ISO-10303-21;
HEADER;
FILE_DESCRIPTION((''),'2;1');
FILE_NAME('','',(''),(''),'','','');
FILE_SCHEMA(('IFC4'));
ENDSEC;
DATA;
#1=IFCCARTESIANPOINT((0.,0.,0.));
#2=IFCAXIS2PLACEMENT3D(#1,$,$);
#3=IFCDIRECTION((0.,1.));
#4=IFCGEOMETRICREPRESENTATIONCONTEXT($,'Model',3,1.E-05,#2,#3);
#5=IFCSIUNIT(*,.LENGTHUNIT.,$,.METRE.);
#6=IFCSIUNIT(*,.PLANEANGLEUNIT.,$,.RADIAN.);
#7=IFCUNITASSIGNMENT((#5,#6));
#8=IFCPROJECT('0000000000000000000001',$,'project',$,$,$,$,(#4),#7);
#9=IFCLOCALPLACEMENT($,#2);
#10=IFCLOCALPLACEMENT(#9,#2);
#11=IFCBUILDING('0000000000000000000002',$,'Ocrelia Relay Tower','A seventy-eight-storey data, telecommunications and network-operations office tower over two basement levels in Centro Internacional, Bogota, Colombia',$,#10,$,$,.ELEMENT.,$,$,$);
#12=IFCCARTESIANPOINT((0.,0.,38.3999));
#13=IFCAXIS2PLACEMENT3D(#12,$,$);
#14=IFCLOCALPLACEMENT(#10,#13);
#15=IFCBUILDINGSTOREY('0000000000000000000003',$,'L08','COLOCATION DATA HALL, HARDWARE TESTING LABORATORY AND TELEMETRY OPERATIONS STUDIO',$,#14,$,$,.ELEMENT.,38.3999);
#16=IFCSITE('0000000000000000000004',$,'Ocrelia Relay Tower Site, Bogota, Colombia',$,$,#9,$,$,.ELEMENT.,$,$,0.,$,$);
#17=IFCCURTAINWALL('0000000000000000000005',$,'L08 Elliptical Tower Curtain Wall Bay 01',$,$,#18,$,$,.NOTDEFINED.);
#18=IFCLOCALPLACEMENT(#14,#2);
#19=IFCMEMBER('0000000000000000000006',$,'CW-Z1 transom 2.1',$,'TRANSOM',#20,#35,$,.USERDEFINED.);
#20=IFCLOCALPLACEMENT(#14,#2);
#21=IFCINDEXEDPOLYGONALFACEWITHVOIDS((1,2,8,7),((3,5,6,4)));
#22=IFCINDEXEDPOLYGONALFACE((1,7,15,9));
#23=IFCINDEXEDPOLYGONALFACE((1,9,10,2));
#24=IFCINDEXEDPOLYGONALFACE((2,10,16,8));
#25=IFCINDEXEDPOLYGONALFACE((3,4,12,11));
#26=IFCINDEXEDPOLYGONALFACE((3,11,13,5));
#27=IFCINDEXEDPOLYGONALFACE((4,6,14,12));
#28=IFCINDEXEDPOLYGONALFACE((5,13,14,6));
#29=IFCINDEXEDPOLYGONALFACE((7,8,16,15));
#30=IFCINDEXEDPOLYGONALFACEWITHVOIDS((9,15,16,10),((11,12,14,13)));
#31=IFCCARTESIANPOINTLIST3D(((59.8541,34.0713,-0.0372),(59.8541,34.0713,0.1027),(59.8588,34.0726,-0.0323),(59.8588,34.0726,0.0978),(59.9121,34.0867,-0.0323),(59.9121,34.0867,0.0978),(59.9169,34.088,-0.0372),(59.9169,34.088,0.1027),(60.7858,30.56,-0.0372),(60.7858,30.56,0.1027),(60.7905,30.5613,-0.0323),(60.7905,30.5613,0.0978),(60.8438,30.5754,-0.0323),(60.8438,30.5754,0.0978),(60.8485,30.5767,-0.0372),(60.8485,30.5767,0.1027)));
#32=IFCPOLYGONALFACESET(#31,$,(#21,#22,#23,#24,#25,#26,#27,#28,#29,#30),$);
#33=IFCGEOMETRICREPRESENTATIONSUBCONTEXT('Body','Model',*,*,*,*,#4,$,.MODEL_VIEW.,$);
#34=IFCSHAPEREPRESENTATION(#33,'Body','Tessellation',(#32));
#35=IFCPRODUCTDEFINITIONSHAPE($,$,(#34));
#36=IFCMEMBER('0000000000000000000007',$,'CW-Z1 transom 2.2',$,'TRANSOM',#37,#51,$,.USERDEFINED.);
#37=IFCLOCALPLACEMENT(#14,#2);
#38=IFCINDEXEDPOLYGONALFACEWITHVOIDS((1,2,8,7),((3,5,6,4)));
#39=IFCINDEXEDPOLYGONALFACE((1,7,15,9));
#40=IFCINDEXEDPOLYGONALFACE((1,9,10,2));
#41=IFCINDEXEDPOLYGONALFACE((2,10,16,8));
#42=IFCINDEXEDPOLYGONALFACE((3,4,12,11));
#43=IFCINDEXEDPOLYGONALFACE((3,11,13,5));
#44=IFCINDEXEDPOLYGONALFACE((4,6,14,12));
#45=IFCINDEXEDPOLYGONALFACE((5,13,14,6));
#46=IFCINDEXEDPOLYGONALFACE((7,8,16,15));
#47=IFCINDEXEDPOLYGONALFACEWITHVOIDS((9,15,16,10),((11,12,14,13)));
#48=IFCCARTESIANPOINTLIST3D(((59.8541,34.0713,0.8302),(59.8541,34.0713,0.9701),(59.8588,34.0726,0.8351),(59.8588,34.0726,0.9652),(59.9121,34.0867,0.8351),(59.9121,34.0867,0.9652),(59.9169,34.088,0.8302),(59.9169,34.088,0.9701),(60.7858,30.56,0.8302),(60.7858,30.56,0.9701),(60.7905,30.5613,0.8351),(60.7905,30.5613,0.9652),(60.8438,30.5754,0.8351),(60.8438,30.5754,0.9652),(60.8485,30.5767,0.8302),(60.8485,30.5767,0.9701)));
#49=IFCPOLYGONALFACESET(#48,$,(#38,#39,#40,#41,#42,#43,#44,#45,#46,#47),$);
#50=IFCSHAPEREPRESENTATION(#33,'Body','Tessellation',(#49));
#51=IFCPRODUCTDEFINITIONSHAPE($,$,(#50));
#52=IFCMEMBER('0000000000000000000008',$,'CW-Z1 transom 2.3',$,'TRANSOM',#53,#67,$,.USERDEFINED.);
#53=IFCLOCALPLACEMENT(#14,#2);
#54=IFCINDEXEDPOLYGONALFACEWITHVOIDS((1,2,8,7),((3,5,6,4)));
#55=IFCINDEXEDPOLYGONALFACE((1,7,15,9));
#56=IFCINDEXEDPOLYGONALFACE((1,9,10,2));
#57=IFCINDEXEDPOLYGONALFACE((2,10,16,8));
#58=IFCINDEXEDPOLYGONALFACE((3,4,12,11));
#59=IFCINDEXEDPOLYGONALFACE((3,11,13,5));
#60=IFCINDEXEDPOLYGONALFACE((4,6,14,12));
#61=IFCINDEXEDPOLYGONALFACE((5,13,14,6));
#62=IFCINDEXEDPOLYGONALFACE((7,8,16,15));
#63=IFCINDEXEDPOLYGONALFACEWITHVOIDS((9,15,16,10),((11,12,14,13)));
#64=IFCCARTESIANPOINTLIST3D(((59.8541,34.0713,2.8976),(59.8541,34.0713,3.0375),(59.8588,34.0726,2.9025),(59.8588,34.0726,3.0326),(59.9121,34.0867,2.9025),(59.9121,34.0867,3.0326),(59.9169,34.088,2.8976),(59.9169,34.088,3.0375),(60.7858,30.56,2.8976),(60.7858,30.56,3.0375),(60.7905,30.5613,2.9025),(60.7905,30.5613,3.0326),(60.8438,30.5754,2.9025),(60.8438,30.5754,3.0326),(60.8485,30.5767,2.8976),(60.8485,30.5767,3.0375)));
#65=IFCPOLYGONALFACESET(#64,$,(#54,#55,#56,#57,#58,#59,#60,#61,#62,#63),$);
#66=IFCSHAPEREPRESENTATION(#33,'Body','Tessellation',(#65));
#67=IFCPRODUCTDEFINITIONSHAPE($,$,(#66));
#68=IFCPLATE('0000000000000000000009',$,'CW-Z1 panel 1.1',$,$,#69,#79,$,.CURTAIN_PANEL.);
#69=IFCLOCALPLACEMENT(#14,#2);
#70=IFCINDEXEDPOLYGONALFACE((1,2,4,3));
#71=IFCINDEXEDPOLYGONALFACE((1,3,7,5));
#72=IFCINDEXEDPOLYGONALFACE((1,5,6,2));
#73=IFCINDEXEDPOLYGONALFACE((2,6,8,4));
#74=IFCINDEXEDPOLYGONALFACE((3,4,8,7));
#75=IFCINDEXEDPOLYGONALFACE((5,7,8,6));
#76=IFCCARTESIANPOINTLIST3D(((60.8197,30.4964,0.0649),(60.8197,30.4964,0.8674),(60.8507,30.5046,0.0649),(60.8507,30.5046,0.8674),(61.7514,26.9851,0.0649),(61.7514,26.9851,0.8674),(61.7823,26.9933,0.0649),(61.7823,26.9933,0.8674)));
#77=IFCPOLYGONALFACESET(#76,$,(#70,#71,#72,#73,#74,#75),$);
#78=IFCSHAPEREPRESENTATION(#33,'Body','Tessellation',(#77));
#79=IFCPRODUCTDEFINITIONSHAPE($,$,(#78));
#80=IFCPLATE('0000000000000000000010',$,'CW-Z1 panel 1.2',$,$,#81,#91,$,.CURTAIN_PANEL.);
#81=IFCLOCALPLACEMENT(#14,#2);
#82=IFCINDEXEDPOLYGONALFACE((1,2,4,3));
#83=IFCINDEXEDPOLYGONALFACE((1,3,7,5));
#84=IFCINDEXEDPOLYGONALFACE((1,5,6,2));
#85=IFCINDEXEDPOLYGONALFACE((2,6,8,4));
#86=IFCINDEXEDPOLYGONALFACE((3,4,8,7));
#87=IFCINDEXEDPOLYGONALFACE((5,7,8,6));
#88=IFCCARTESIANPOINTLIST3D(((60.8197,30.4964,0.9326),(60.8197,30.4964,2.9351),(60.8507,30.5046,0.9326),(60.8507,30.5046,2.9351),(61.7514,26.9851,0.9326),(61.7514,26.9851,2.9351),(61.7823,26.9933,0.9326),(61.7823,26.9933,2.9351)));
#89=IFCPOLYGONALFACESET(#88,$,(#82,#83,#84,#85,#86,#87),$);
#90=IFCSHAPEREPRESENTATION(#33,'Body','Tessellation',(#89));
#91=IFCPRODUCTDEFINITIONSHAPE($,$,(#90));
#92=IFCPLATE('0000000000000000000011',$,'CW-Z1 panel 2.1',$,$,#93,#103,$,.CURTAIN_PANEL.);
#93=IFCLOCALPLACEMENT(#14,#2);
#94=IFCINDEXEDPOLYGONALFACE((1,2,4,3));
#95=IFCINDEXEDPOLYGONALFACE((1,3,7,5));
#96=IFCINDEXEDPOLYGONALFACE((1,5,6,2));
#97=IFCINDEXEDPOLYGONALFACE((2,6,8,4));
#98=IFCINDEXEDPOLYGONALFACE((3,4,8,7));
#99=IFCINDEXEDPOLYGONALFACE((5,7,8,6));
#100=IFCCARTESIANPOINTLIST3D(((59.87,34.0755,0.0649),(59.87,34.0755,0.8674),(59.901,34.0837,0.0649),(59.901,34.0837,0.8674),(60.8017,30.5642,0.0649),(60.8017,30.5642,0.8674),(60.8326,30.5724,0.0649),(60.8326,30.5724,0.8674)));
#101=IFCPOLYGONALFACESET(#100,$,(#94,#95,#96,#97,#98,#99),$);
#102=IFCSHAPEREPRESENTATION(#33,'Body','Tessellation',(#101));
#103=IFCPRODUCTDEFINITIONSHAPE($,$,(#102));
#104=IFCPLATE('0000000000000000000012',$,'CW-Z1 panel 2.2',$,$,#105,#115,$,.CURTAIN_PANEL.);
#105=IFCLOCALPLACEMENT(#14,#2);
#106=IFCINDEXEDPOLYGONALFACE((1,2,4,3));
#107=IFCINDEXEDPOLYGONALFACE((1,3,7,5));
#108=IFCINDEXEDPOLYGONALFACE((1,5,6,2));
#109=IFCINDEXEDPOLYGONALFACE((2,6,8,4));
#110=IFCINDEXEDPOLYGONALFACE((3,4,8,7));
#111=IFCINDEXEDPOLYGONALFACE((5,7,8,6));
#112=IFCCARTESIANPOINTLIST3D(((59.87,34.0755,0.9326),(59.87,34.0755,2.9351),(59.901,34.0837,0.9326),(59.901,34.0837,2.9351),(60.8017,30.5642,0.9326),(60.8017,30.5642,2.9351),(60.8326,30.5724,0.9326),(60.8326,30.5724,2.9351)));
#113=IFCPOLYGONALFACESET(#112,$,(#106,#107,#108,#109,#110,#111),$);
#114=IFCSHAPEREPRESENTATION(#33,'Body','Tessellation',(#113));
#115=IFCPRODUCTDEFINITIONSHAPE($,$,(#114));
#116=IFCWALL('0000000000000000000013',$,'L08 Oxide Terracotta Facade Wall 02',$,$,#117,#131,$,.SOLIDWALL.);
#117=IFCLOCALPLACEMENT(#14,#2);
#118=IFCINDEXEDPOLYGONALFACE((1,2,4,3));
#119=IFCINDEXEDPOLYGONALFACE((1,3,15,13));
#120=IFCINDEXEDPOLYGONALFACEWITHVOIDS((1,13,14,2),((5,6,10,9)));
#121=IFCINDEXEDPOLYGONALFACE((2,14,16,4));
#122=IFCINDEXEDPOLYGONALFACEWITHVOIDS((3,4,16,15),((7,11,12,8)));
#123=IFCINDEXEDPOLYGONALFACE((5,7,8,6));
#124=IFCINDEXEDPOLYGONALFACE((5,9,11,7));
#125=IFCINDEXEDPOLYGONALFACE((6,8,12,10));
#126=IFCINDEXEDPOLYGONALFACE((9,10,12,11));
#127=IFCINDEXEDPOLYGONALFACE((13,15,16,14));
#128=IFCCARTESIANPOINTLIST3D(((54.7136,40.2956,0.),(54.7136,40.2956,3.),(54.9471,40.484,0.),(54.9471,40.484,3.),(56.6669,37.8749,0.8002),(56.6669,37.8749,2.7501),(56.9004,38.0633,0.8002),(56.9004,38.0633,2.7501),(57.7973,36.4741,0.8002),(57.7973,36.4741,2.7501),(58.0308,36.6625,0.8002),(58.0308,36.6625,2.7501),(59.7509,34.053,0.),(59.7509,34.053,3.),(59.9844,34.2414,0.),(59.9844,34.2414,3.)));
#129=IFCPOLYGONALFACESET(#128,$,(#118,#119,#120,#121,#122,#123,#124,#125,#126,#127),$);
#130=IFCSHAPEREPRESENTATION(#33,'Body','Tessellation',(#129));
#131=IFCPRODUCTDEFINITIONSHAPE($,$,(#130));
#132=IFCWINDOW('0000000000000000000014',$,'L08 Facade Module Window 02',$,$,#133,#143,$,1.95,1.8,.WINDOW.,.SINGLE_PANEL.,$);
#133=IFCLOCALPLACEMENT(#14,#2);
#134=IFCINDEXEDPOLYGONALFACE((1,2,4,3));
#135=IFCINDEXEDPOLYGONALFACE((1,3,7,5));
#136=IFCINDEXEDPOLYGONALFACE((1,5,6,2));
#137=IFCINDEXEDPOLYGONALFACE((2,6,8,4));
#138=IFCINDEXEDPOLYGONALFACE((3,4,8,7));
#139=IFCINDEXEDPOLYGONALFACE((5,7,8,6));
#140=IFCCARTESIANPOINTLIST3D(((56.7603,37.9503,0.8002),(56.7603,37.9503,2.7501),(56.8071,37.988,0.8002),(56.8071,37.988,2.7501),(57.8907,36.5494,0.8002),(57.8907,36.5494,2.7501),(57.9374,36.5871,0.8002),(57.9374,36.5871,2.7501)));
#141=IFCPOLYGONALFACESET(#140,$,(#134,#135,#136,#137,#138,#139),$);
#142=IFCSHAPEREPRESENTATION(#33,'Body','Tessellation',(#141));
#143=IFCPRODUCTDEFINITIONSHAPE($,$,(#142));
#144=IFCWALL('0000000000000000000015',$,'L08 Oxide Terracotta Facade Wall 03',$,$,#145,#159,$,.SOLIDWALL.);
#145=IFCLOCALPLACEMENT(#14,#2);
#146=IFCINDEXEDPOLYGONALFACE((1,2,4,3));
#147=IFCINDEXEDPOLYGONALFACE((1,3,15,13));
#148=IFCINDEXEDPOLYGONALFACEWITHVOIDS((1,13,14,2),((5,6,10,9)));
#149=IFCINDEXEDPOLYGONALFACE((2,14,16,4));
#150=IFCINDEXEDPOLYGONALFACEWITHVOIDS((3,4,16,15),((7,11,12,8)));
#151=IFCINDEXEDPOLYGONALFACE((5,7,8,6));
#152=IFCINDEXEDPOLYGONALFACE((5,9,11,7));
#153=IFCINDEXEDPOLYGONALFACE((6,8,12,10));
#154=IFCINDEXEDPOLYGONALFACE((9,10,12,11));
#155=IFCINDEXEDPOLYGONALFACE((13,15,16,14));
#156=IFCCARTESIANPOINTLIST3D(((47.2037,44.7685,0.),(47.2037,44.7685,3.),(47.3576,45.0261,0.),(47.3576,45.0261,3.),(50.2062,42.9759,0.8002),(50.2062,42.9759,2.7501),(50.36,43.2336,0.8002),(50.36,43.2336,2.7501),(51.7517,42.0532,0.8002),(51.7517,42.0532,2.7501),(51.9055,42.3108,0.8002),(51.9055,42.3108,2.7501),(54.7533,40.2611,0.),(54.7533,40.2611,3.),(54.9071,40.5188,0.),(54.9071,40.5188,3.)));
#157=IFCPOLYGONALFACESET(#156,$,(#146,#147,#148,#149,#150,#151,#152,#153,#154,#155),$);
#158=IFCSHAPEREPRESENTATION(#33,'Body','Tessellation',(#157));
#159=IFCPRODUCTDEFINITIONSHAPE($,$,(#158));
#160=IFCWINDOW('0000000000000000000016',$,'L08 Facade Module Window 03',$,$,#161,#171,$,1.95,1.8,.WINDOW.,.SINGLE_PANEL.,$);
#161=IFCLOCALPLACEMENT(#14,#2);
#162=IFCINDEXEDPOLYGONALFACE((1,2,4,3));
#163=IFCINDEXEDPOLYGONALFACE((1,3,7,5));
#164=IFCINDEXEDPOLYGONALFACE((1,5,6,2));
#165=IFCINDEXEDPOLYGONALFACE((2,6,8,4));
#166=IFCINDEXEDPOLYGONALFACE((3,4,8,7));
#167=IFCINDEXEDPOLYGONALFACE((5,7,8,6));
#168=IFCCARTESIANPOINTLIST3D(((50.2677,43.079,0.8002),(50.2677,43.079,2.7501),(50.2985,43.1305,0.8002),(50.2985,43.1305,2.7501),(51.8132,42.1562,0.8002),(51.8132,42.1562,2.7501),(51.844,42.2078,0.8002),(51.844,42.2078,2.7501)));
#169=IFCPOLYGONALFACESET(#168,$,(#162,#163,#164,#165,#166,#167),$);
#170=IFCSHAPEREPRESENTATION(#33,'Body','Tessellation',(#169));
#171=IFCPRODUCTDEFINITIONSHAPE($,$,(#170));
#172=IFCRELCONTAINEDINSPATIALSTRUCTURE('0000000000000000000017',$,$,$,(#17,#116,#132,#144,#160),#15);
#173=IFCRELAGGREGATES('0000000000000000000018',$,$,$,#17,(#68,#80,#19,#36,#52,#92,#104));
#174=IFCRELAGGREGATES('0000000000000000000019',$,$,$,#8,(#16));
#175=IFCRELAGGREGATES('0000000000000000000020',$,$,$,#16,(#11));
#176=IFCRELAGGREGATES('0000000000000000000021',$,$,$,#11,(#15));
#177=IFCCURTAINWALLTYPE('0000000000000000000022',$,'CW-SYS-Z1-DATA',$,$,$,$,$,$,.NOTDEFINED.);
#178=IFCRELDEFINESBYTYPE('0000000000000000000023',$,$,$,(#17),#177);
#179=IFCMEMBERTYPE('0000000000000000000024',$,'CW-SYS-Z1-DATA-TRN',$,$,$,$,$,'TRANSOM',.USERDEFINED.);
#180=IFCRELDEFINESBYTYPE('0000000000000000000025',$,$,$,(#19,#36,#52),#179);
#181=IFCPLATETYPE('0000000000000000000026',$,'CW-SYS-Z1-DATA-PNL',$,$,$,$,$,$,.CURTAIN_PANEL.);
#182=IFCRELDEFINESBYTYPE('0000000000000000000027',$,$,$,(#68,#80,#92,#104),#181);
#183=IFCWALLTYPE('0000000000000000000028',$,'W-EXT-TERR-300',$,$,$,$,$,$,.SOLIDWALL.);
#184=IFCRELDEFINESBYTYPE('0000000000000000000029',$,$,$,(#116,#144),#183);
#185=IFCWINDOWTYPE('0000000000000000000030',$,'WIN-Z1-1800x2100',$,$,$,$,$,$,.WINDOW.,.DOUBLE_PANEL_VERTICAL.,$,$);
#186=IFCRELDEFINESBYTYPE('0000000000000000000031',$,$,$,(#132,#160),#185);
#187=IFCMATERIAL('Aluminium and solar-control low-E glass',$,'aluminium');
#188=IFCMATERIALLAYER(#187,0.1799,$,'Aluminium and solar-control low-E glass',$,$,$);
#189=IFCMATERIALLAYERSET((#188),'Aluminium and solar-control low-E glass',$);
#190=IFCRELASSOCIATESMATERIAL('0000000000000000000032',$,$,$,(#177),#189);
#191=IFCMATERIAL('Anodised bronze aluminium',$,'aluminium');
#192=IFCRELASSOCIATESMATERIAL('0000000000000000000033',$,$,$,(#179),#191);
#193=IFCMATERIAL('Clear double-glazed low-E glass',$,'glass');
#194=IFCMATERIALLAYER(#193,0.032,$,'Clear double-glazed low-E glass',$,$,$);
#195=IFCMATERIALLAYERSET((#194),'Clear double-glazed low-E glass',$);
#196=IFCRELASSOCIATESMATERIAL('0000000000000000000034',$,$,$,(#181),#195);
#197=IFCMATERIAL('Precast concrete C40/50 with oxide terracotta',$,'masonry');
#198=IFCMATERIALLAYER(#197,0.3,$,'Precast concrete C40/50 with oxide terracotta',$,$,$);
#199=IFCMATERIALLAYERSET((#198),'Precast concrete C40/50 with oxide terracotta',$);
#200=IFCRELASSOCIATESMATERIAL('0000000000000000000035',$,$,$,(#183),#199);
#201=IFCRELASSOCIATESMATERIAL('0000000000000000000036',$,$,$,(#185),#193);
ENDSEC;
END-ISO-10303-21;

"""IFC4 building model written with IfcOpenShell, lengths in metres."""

from ifc_helpers import new_model, si_unit, direction, frame, frame_2d, origin, origin_2d, place, context, subcontext, project, spatial, rectangle, hollow_rectangle, extrude, material, layer, layer_set, material_profile, profile_set, type_object, element, fill, aggregate, save


model = new_model("IFC4")

# Units and contexts
model_context = context("Model", 3, precision=1e-05, world=origin(), true_north=direction((0.0, 1.0)))
body_context = subcontext(model_context, "Body", "Model", "MODEL_VIEW")
ifc_project = project(units=[si_unit("LENGTHUNIT", "METRE"), si_unit("PLANEANGLEUNIT", "RADIAN")], contexts=[model_context])

# Site, building, storey
site_placement = place(None, origin())
site = spatial("IfcSite", under=ifc_project, at=site_placement, Name="Ocrelia Relay Tower Site, Bogota, Colombia", CompositionType="ELEMENT", RefElevation=0.0)
building_placement = place(site_placement, origin())
building = spatial("IfcBuilding", under=site, at=building_placement, Name="Ocrelia Relay Tower", Description="A seventy-eight-storey data, telecommunications and network-operations office tower over two basement levels in Centro Internacional, Bogota, Colombia", CompositionType="ELEMENT")
storey_placement = place(building_placement, frame((0.0, 0.0, 38.3999)))
storey = spatial("IfcBuildingStorey", under=building, at=storey_placement, Name="L08", Description="COLOCATION DATA HALL, HARDWARE TESTING LABORATORY AND TELEMETRY OPERATIONS STUDIO", CompositionType="ELEMENT", Elevation=38.3999)

# Curtain wall, members, plates
ifc_material_1 = material(Name="Aluminium and solar-control low-E glass", Category="aluminium")
ifc_layer_1 = layer(ifc_material_1, 0.1799, Name="Aluminium and solar-control low-E glass")
ifc_layer_set_1 = layer_set([ifc_layer_1], Name="Aluminium and solar-control low-E glass")
curtain_wall_type = type_object("IfcCurtainWallType", Name="CW-SYS-Z1-DATA", PredefinedType="NOTDEFINED", material=ifc_layer_set_1)
curtain_wall_placement = place(storey_placement, origin())
curtain_wall = element("IfcCurtainWall", 1, at=curtain_wall_placement, inside=storey, type_object=curtain_wall_type, Name="L08 Elliptical Tower Curtain Wall Bay 01", PredefinedType="NOTDEFINED")
ifc_material_2 = material(Name="Anodised bronze aluminium", Category="aluminium")
ifc_material_profile_1 = material_profile(ifc_material_2, hollow_rectangle(XDim=0.0649, YDim=0.1399, WallThickness=0.0049, at=origin_2d()), Name="CW-TRN-140x65")
ifc_profile_set_1 = profile_set([ifc_material_profile_1], Name="Anodised bronze aluminium")
member_type_1 = type_object("IfcMemberType", Name="CW-SYS-Z1-DATA-TRN", ElementType="TRANSOM", PredefinedType="USERDEFINED", material=ifc_profile_set_1)
member_1_placement = place(storey_placement, frame((60.8171, 30.5684, 0.0327), z_axis=(-0.256458, 0.966555, 0.0), x_axis=(-0.966555, -0.256458, 0.0)))
member_1 = element("IfcMember", 2, at=member_1_placement, type_object=member_type_1, Name="CW-Z1 transom 2.1", ObjectType="TRANSOM", PredefinedType="USERDEFINED", context=body_context, shape_type="SweptSolid", body=[
    extrude(hollow_rectangle(XDim=0.0649, YDim=0.1399, WallThickness=0.0049, at=origin_2d()), origin(), (0.0, 0.0, 1.0), 3.6328),
])
member_2_placement = place(storey_placement, frame((60.8171, 30.5684, 0.9001), z_axis=(-0.256458, 0.966555, 0.0), x_axis=(-0.966555, -0.256458, 0.0)))
member_2 = element("IfcMember", 3, at=member_2_placement, type_object=member_type_1, Name="CW-Z1 transom 2.2", ObjectType="TRANSOM", PredefinedType="USERDEFINED", context=body_context, shape_type="SweptSolid", body=[
    extrude(hollow_rectangle(XDim=0.0649, YDim=0.1399, WallThickness=0.0049, at=origin_2d()), origin(), (0.0, 0.0, 1.0), 3.6328),
])
member_3_placement = place(storey_placement, frame((60.8171, 30.5684, 2.9675), z_axis=(-0.256458, 0.966555, 0.0), x_axis=(-0.966555, -0.256458, 0.0)))
member_3 = element("IfcMember", 4, at=member_3_placement, type_object=member_type_1, Name="CW-Z1 transom 2.3", ObjectType="TRANSOM", PredefinedType="USERDEFINED", context=body_context, shape_type="SweptSolid", body=[
    extrude(hollow_rectangle(XDim=0.0649, YDim=0.1399, WallThickness=0.0049, at=origin_2d()), origin(), (0.0, 0.0, 1.0), 3.6328),
])
ifc_material_3 = material(Name="Clear double-glazed low-E glass", Category="glass")
ifc_layer_2 = layer(ifc_material_3, 0.032, Name="Clear double-glazed low-E glass")
ifc_layer_set_2 = layer_set([ifc_layer_2], Name="Clear double-glazed low-E glass")
plate_type = type_object("IfcPlateType", Name="CW-SYS-Z1-DATA-PNL", PredefinedType="CURTAIN_PANEL", material=ifc_layer_set_2)
plate_1_placement = place(storey_placement, frame((61.301, 28.7449, 0.0649), z_axis=(0.0, 0.0, 1.0), x_axis=(-0.256451, 0.966557, 0.0)))
plate_1 = element("IfcPlate", 5, at=plate_1_placement, type_object=plate_type, Name="CW-Z1 panel 1.1", PredefinedType="CURTAIN_PANEL", context=body_context, shape_type="SweptSolid", body=[
    extrude(rectangle(XDim=3.6328, YDim=0.032, at=origin_2d()), origin(), (0.0, 0.0, 1.0), 0.8025),
])
plate_2_placement = place(storey_placement, frame((61.301, 28.7449, 0.9326), z_axis=(0.0, 0.0, 1.0), x_axis=(-0.256451, 0.966557, 0.0)))
plate_2 = element("IfcPlate", 6, at=plate_2_placement, type_object=plate_type, Name="CW-Z1 panel 1.2", PredefinedType="CURTAIN_PANEL", context=body_context, shape_type="SweptSolid", body=[
    extrude(rectangle(XDim=3.6328, YDim=0.032, at=origin_2d()), origin(), (0.0, 0.0, 1.0), 2.0024),
])
plate_3_placement = place(storey_placement, frame((60.3513, 32.324, 0.0649), z_axis=(0.0, 0.0, 1.0), x_axis=(-0.256451, 0.966557, 0.0)))
plate_3 = element("IfcPlate", 7, at=plate_3_placement, type_object=plate_type, Name="CW-Z1 panel 2.1", PredefinedType="CURTAIN_PANEL", context=body_context, shape_type="SweptSolid", body=[
    extrude(rectangle(XDim=3.6328, YDim=0.032, at=origin_2d()), origin(), (0.0, 0.0, 1.0), 0.8025),
])
plate_4_placement = place(storey_placement, frame((60.3513, 32.324, 0.9326), z_axis=(0.0, 0.0, 1.0), x_axis=(-0.256451, 0.966557, 0.0)))
plate_4 = element("IfcPlate", 8, at=plate_4_placement, type_object=plate_type, Name="CW-Z1 panel 2.2", PredefinedType="CURTAIN_PANEL", context=body_context, shape_type="SweptSolid", body=[
    extrude(rectangle(XDim=3.6328, YDim=0.032, at=origin_2d()), origin(), (0.0, 0.0, 1.0), 2.0024),
])
aggregate(curtain_wall, [plate_1, plate_2, member_1, member_2, member_3, plate_3, plate_4])

# Walls, openings, windows
ifc_material_4 = material(Name="Precast concrete C40/50 with oxide terracotta", Category="masonry")
ifc_layer_3 = layer(ifc_material_4, 0.3, Name="Precast concrete C40/50 with oxide terracotta")
ifc_layer_set_3 = layer_set([ifc_layer_3], Name="Precast concrete C40/50 with oxide terracotta")
wall_type = type_object("IfcWallType", Name="W-EXT-TERR-300", PredefinedType="SOLIDWALL", material=ifc_layer_set_3)
wall_1_placement = place(storey_placement, frame((59.8677, 34.1472, 0.0), z_axis=(0.0, 0.0, 1.0), x_axis=(-0.627974, 0.778234, 0.0)))
wall_1 = element("IfcWall", 9, at=wall_1_placement, inside=storey, type_object=wall_type, Name="L08 Oxide Terracotta Facade Wall 02", PredefinedType="SOLIDWALL", context=body_context, shape_type="SweptSolid", body=[
    extrude(rectangle(XDim=8.0215, YDim=0.3, at=frame_2d((4.0107, 0.0))), origin(), (0.0, 0.0, 1.0), 3.0),
])
opening_1_placement = place(wall_1_placement, frame((3.1111, 0.0, 0.8)))
opening_1 = element("IfcOpeningElement", 10, at=opening_1_placement, cuts=wall_1, PredefinedType="OPENING", context=body_context, shape_type="SweptSolid", body=[
    extrude(rectangle(XDim=1.8, YDim=1.95, at=frame_2d((0.8999, 0.9751))), frame((0.0, 0.1602, 0.0), z_axis=(0.0, -1.0, 0.0), x_axis=(1.0, 0.0, 0.0)), (0.0, 0.0, 1.0), 0.3201),
])
window_type = type_object("IfcWindowType", Name="WIN-Z1-1800x2100", PartitioningType="DOUBLE_PANEL_VERTICAL", PredefinedType="WINDOW", material=ifc_material_3)
window_1_placement = place(opening_1_placement, origin())
window_1 = element("IfcWindow", 11, at=window_1_placement, inside=storey, type_object=window_type, Name="L08 Facade Module Window 02", OverallHeight=1.95, OverallWidth=1.8, PartitioningType="SINGLE_PANEL", PredefinedType="WINDOW", context=body_context, shape_type="SweptSolid", body=[
    extrude(rectangle(XDim=1.8, YDim=1.95, at=frame_2d((0.8999, 0.9751))), frame((0.0, 0.03, 0.0), z_axis=(0.0, -1.0, 0.0), x_axis=(1.0, 0.0, 0.0)), (0.0, 0.0, 1.0), 0.0601),
])
fill(opening_1, window_1)
wall_2_placement = place(storey_placement, frame((54.8303, 40.3899, 0.0), z_axis=(0.0, 0.0, 1.0), x_axis=(-0.858615, 0.51262, 0.0)))
wall_2 = element("IfcWall", 12, at=wall_2_placement, inside=storey, type_object=wall_type, Name="L08 Oxide Terracotta Facade Wall 03", PredefinedType="SOLIDWALL", context=body_context, shape_type="SweptSolid", body=[
    extrude(rectangle(XDim=8.7927, YDim=0.3, at=frame_2d((4.3965, 0.0))), origin(), (0.0, 0.0, 1.0), 3.0),
])
opening_2_placement = place(wall_2_placement, frame((3.4961, 0.0, 0.8)))
opening_2 = element("IfcOpeningElement", 13, at=opening_2_placement, cuts=wall_2, PredefinedType="OPENING", context=body_context, shape_type="SweptSolid", body=[
    extrude(rectangle(XDim=1.8, YDim=1.95, at=frame_2d((0.8999, 0.9751))), frame((0.0, 0.1602, 0.0), z_axis=(0.0, -1.0, 0.0), x_axis=(1.0, 0.0, 0.0)), (0.0, 0.0, 1.0), 0.3201),
])
window_2_placement = place(opening_2_placement, origin())
window_2 = element("IfcWindow", 14, at=window_2_placement, inside=storey, type_object=window_type, Name="L08 Facade Module Window 03", OverallHeight=1.95, OverallWidth=1.8, PartitioningType="SINGLE_PANEL", PredefinedType="WINDOW", context=body_context, shape_type="SweptSolid", body=[
    extrude(rectangle(XDim=1.8, YDim=1.95, at=frame_2d((0.8999, 0.9751))), frame((0.0, 0.03, 0.0), z_axis=(0.0, -1.0, 0.0), x_axis=(1.0, 0.0, 0.0)), (0.0, 0.0, 1.0), 0.0601),
])
fill(opening_2, window_2)

save(model, "model.ifc")
